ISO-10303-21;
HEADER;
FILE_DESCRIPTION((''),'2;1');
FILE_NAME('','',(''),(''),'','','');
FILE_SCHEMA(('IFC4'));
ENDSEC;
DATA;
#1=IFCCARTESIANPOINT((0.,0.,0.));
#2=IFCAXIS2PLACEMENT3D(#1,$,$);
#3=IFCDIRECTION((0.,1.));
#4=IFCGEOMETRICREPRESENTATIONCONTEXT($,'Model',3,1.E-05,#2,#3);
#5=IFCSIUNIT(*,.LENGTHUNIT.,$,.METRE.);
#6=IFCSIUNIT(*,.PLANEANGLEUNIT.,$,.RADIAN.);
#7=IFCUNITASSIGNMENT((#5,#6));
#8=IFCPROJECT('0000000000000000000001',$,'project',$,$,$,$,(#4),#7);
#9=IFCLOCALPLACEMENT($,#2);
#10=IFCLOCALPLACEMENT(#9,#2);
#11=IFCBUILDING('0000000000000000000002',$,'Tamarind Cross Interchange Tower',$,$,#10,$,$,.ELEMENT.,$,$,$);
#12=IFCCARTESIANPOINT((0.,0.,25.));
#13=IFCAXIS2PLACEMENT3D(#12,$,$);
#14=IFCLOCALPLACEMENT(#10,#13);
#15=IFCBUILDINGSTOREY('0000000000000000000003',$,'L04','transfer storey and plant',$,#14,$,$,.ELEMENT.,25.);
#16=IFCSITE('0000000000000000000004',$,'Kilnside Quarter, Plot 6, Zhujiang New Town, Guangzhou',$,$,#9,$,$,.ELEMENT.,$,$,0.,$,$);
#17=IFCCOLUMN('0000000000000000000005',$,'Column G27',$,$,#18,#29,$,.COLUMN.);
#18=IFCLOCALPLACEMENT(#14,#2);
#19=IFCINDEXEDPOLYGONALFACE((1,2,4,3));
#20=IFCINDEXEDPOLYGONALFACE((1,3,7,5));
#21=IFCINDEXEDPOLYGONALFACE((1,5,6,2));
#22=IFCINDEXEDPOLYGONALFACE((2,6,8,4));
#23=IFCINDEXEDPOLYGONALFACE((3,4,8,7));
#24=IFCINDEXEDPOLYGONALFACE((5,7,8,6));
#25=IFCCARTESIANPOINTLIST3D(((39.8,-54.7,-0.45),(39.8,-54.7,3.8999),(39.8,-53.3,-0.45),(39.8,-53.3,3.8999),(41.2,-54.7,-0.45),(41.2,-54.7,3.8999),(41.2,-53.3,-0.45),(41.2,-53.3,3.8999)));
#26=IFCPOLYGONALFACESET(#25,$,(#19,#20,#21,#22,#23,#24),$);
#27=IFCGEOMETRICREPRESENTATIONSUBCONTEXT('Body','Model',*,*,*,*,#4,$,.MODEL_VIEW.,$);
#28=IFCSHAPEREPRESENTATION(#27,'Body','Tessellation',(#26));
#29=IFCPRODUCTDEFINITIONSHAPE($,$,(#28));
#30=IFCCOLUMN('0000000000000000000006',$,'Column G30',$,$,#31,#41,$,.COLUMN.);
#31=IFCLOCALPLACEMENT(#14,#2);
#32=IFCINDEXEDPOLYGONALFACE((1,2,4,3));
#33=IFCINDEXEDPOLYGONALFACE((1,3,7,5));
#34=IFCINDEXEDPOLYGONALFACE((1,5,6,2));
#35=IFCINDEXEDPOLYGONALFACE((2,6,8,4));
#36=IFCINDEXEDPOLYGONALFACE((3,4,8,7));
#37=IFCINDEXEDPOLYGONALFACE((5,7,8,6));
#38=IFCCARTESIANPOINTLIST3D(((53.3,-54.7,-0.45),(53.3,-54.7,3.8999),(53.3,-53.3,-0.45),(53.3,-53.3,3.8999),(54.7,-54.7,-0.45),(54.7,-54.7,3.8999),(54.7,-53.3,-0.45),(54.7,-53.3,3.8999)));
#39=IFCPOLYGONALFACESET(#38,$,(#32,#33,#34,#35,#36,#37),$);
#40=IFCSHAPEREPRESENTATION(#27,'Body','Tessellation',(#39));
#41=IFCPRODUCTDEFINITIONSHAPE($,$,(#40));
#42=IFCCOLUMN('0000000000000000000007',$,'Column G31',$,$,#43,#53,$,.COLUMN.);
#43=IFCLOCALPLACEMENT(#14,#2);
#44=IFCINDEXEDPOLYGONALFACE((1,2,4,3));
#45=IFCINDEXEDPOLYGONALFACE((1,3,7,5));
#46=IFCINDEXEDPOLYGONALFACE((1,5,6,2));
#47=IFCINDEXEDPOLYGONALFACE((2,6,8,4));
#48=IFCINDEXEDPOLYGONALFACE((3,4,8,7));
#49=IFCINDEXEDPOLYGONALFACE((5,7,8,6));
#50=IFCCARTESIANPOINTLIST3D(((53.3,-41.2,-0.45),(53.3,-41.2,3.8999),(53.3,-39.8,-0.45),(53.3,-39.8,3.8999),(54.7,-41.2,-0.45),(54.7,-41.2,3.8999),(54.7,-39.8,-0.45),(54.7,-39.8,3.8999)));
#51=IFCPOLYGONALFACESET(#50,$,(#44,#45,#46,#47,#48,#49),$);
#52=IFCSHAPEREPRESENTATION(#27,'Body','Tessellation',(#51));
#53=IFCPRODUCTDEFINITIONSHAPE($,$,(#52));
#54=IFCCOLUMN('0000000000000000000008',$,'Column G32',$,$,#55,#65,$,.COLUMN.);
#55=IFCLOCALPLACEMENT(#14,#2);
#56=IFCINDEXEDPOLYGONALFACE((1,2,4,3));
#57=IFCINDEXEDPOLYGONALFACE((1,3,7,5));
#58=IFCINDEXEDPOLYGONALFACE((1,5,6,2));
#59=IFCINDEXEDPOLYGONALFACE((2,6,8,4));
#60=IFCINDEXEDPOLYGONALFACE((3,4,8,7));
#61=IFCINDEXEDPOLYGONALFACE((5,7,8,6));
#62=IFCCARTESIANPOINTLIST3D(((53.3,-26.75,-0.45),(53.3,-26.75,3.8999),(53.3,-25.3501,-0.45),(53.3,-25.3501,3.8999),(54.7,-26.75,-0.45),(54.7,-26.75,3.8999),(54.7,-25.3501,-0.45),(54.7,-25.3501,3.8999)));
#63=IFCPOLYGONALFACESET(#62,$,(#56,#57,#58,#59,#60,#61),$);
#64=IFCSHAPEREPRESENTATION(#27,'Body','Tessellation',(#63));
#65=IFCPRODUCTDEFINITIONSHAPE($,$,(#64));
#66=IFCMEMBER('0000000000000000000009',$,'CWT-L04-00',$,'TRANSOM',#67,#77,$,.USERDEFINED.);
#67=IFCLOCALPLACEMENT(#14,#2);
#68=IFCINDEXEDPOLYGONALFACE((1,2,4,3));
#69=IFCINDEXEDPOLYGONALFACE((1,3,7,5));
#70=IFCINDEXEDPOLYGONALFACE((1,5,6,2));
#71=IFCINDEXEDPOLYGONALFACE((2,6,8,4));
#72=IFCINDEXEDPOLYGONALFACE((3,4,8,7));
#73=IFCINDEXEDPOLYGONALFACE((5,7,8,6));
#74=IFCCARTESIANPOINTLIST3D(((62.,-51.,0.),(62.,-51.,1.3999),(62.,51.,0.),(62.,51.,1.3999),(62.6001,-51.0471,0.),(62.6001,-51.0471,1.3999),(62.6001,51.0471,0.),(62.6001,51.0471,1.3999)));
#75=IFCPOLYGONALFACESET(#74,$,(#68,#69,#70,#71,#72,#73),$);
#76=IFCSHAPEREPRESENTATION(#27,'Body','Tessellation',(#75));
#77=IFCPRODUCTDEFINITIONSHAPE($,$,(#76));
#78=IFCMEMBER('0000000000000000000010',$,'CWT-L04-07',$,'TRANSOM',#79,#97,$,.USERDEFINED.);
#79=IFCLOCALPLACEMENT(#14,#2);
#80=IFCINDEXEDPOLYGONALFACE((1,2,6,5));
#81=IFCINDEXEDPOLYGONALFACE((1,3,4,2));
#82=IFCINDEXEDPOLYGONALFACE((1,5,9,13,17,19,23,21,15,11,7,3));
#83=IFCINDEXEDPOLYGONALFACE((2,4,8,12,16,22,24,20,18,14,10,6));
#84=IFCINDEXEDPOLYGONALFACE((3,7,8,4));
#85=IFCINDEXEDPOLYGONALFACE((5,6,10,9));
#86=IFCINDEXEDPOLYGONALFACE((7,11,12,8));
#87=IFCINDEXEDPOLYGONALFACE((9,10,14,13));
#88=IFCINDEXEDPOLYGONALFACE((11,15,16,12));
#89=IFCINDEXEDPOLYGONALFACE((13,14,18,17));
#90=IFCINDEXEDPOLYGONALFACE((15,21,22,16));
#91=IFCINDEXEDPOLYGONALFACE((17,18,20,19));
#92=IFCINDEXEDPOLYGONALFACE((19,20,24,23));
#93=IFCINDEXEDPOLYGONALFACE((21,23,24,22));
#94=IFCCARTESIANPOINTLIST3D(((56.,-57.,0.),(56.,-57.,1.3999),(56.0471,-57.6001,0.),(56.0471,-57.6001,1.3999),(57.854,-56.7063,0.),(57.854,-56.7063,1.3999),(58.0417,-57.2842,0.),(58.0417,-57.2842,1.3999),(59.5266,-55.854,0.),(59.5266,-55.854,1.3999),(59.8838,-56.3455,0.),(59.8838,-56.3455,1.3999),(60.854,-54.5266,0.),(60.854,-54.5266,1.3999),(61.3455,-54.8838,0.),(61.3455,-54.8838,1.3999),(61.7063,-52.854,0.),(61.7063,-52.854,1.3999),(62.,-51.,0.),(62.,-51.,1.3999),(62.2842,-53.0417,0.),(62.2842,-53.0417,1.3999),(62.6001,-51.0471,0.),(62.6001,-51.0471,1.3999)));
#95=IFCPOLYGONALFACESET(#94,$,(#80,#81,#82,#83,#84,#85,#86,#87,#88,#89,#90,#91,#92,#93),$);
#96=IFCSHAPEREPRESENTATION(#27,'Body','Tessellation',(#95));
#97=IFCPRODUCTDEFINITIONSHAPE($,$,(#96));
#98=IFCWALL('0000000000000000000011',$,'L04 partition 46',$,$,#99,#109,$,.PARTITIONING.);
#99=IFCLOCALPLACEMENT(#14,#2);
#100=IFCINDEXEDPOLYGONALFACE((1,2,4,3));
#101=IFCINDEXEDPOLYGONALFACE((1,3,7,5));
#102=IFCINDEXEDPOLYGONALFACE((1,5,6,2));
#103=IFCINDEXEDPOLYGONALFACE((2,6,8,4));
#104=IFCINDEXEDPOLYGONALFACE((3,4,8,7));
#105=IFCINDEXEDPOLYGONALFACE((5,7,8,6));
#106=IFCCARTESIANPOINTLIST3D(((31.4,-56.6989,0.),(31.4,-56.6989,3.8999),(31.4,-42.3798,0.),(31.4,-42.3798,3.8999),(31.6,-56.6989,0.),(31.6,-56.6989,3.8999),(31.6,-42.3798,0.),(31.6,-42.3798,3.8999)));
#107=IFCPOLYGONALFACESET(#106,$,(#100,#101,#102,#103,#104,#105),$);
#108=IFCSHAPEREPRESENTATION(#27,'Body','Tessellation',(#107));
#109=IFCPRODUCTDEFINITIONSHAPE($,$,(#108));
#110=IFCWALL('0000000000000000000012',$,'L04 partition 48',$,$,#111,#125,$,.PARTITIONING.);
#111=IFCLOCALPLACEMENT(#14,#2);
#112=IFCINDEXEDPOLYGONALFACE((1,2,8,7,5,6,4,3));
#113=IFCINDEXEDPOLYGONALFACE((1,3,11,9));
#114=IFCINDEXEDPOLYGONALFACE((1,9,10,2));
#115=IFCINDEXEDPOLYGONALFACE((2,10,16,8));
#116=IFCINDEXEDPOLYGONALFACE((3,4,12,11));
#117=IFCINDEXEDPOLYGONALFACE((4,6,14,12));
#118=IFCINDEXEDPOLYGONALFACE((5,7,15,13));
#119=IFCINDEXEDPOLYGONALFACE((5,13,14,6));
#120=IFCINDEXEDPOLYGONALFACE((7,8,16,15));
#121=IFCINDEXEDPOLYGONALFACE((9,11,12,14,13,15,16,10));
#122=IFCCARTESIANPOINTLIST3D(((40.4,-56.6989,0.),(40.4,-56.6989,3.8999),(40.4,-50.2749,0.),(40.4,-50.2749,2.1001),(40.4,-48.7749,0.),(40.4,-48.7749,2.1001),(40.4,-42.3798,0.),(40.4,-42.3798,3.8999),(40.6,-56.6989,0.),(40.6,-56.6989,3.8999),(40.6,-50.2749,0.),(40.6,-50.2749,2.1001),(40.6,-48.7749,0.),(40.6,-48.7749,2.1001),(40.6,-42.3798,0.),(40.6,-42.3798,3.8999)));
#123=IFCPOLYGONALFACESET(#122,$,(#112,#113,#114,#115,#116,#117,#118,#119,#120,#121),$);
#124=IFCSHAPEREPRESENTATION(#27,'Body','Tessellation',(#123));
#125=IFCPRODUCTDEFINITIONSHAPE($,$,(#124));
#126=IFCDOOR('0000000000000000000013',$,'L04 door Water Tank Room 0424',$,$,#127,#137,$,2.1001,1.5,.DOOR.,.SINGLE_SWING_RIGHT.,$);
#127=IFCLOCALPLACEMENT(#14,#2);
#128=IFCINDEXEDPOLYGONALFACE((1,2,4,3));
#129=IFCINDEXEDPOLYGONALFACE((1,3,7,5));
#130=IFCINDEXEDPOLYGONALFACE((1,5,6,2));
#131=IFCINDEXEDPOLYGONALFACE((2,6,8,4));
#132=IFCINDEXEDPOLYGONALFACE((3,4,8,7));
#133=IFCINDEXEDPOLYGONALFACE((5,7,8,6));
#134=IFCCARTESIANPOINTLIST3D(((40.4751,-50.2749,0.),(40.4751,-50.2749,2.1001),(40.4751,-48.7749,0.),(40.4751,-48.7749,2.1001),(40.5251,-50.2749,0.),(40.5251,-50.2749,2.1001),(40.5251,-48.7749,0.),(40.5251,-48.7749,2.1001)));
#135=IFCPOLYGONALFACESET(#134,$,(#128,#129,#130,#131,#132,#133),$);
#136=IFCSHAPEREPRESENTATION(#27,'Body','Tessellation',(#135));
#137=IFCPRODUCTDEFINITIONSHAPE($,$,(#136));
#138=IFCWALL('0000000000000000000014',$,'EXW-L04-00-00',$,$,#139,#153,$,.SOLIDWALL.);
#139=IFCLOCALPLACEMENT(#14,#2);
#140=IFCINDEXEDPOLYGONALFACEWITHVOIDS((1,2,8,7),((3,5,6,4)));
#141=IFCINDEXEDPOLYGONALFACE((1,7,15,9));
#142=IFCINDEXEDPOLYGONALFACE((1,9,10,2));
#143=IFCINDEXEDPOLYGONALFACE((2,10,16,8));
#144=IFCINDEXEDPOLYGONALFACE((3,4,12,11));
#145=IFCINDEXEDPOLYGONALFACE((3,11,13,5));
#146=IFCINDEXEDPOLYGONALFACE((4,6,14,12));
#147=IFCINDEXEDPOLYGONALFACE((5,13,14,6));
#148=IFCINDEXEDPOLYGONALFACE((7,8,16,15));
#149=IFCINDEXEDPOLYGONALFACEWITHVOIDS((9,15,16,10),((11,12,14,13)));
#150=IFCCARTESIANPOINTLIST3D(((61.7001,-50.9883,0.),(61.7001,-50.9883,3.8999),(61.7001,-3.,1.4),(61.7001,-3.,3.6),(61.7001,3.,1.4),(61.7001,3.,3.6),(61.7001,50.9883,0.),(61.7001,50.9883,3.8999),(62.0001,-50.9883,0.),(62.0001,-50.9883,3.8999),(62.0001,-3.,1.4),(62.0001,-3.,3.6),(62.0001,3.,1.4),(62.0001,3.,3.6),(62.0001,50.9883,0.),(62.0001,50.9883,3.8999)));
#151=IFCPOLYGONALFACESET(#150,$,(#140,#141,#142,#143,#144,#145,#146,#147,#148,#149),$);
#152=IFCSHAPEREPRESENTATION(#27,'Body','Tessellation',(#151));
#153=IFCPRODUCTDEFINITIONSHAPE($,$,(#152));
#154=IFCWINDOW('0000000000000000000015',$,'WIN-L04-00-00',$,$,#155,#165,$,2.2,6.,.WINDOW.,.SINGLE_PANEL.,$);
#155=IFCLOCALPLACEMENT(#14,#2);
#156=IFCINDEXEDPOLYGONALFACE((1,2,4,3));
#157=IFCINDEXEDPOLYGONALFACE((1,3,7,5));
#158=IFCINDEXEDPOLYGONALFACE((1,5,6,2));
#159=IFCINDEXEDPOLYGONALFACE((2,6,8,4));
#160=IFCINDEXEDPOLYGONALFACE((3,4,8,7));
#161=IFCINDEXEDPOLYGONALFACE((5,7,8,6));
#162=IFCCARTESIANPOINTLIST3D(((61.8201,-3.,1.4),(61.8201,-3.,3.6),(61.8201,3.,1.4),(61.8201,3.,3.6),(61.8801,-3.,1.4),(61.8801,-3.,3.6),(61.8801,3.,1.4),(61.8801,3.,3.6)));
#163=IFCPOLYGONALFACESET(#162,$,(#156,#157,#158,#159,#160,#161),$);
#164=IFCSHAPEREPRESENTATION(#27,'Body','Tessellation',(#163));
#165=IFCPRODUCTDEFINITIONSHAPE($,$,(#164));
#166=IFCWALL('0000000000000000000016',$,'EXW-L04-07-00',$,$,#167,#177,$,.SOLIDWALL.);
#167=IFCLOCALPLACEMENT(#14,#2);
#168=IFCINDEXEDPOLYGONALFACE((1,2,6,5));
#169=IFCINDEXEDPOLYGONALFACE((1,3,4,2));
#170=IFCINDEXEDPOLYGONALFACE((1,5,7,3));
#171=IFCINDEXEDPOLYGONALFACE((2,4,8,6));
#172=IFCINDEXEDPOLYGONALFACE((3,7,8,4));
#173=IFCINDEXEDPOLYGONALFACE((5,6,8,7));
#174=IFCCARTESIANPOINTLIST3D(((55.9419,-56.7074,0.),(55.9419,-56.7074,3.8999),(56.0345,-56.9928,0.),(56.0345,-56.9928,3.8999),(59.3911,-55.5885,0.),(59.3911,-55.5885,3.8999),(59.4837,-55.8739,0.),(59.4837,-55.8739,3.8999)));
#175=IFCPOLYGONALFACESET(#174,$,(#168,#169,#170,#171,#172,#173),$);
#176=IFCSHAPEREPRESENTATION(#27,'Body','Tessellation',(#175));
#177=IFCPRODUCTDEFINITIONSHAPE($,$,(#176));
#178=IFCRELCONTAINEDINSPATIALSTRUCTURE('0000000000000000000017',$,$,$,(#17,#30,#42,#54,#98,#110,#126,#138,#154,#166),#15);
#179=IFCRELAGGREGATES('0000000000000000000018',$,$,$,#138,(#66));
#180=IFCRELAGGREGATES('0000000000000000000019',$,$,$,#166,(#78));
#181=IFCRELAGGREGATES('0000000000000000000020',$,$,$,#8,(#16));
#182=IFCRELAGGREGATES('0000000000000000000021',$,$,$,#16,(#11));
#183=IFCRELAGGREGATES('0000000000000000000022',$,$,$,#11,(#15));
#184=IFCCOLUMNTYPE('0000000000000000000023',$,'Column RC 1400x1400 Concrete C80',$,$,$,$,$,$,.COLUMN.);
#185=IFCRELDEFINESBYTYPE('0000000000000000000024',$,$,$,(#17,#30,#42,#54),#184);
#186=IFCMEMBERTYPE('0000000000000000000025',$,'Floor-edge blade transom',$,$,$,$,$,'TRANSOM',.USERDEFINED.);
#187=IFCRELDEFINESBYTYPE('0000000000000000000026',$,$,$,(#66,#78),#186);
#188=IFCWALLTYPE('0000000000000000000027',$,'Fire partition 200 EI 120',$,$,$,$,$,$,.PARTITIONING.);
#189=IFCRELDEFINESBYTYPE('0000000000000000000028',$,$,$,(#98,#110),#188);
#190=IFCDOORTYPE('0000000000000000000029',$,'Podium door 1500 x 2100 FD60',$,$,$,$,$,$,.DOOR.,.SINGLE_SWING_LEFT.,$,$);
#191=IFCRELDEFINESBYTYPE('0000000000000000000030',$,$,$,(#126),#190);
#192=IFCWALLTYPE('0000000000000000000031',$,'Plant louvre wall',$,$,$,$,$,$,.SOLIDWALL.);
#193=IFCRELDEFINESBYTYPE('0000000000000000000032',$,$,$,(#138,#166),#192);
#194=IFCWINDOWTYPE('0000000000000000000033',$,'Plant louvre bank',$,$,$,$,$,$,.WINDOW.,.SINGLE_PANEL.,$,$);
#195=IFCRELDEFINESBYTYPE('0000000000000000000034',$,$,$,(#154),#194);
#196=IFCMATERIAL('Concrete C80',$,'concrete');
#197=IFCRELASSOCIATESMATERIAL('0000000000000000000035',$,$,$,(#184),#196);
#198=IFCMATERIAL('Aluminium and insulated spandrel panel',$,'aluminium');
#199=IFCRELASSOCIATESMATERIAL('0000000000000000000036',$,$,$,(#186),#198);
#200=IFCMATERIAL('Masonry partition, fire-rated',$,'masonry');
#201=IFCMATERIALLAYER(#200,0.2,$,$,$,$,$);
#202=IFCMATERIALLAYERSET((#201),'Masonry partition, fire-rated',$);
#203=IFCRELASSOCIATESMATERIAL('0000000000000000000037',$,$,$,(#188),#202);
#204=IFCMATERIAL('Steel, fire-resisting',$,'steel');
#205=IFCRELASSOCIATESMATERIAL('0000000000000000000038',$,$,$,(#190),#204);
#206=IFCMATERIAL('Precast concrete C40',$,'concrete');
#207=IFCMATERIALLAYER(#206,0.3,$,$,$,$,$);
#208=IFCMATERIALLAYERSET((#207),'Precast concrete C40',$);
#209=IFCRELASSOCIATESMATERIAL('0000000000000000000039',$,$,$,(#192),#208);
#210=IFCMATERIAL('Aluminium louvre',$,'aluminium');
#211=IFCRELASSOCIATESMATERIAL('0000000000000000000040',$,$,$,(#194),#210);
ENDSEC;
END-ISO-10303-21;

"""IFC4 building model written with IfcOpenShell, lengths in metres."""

from ifc_helpers import new_model, si_unit, direction, frame, frame_2d, origin, origin_2d, place, context, subcontext, project, spatial, polyline, rectangle, outline, extrude, material, layer, layer_set, material_profile, profile_set, type_object, element, fill, aggregate, save


model = new_model("IFC4")

# Units and contexts
model_context = context("Model", 3, precision=1e-05, world=origin(), true_north=direction((0.0, 1.0)))
body_context = subcontext(model_context, "Body", "Model", "MODEL_VIEW")
ifc_project = project(units=[si_unit("LENGTHUNIT", "METRE"), si_unit("PLANEANGLEUNIT", "RADIAN")], contexts=[model_context])

# Site, building, storey
site_placement = place(None, origin())
site = spatial("IfcSite", under=ifc_project, at=site_placement, Name="Kilnside Quarter, Plot 6, Zhujiang New Town, Guangzhou", CompositionType="ELEMENT", RefElevation=0.0)
building_placement = place(site_placement, origin())
building = spatial("IfcBuilding", under=site, at=building_placement, Name="Tamarind Cross Interchange Tower", CompositionType="ELEMENT")
storey_placement = place(building_placement, frame((0.0, 0.0, 25.0)))
storey = spatial("IfcBuildingStorey", under=building, at=storey_placement, Name="L04", Description="transfer storey and plant", CompositionType="ELEMENT", Elevation=25.0)

# Columns
ifc_material_1 = material(Name="Concrete C80", Category="concrete")
ifc_material_profile = material_profile(ifc_material_1, rectangle(XDim=1.3999, YDim=1.3999, at=origin_2d()), Name="RC 1400x1400")
ifc_profile_set = profile_set([ifc_material_profile], Name="Concrete C80")
column_type = type_object("IfcColumnType", Name="Column RC 1400x1400 Concrete C80", PredefinedType="COLUMN", material=ifc_profile_set)
for number, where, z_axis, x_axis, name in (
    (1, (40.5, -54.0, -0.45), (0.0, 0.0, 1.0), (1.0, 0.0, 0.0), "Column G27"),
    (2, (54.0, -54.0, -0.45), (0.0, 0.0, 1.0), (1.0, 0.0, 0.0), "Column G30"),
    (3, (54.0, -40.5, -0.45), (0.0, 0.0, 1.0), (1.0, 0.0, 0.0), "Column G31"),
    (4, (54.0, -26.05, -0.45), (0.0, 0.0, 1.0), (1.0, 0.0, 0.0), "Column G32"),
):
    element("IfcColumn", number, at=place(storey_placement, frame(where, z_axis=z_axis, x_axis=x_axis)), inside=storey, type_object=column_type, Name=name, PredefinedType="COLUMN", context=body_context, shape_type="SweptSolid", body=[
        extrude(rectangle(XDim=1.3999, YDim=1.3999, at=origin_2d()), origin(), (0.0, 0.0, 1.0), 4.3499),
    ])

# Members
ifc_material_2 = material(Name="Aluminium and insulated spandrel panel", Category="aluminium")
member_type = type_object("IfcMemberType", Name="Floor-edge blade transom", ElementType="TRANSOM", PredefinedType="USERDEFINED", material=ifc_material_2)
member_1_placement = place(storey_placement, origin())
member_1 = element("IfcMember", 5, at=member_1_placement, type_object=member_type, Name="CWT-L04-00", ObjectType="TRANSOM", PredefinedType="USERDEFINED", context=body_context, shape_type="SweptSolid", body=[
    extrude(outline(polyline([(62.0, -51.0), (62.0, 51.0), (62.6001, 51.0471), (62.6001, -51.0471), (62.0, -51.0)])), origin(), (0.0, 0.0, 1.0), 1.3999),
])
member_2_placement = place(storey_placement, origin())
member_2 = element("IfcMember", 6, at=member_2_placement, type_object=member_type, Name="CWT-L04-07", ObjectType="TRANSOM", PredefinedType="USERDEFINED", context=body_context, shape_type="SweptSolid", body=[
    extrude(outline(polyline([(56.0, -57.0), (57.854, -56.7063), (59.5266, -55.854), (60.854, -54.5266), (61.7063, -52.854), (62.0, -51.0), (62.6001, -51.0471), (62.2842, -53.0417), (61.3455, -54.8838), (59.8838, -56.3455), (58.0417, -57.2842), (56.0471, -57.6001), (56.0, -57.0)])), origin(), (0.0, 0.0, 1.0), 1.3999),
])

# Wall
ifc_material_3 = material(Name="Masonry partition, fire-rated", Category="masonry")
ifc_layer_1 = layer(ifc_material_3, 0.2)
ifc_layer_set_1 = layer_set([ifc_layer_1], Name="Masonry partition, fire-rated")
wall_type_1 = type_object("IfcWallType", Name="Fire partition 200 EI 120", PredefinedType="PARTITIONING", material=ifc_layer_set_1)
wall_1_placement = place(storey_placement, frame((31.5, -56.699, 0.0), z_axis=(0.0, 0.0, 1.0), x_axis=(0.0, 1.0, 0.0)))
element("IfcWall", 7, at=wall_1_placement, inside=storey, type_object=wall_type_1, Name="L04 partition 46", PredefinedType="PARTITIONING", context=body_context, shape_type="SweptSolid", body=[
    extrude(rectangle(XDim=14.3191, YDim=0.2, at=frame_2d((7.1597, 0.0))), origin(), (0.0, 0.0, 1.0), 3.8999),
])

# Wall, opening, door
wall_2_placement = place(storey_placement, frame((40.5, -56.699, 0.0), z_axis=(0.0, 0.0, 1.0), x_axis=(0.0, 1.0, 0.0)))
wall_2 = element("IfcWall", 8, at=wall_2_placement, inside=storey, type_object=wall_type_1, Name="L04 partition 48", PredefinedType="PARTITIONING", context=body_context, shape_type="SweptSolid", body=[
    extrude(rectangle(XDim=14.3191, YDim=0.2, at=frame_2d((7.1597, 0.0))), origin(), (0.0, 0.0, 1.0), 3.8999),
])
opening_1_placement = place(wall_2_placement, frame((6.4241, 0.0, 0.0)))
opening_1 = element("IfcOpeningElement", 9, at=opening_1_placement, cuts=wall_2, PredefinedType="OPENING", context=body_context, shape_type="SweptSolid", body=[
    extrude(rectangle(XDim=1.5, YDim=2.1001, at=frame_2d((0.75, 1.05))), frame((0.0, 0.1099, 0.0), z_axis=(0.0, -1.0, 0.0), x_axis=(1.0, 0.0, 0.0)), (0.0, 0.0, 1.0), 0.22),
])
ifc_material_4 = material(Name="Steel, fire-resisting", Category="steel")
door_type_1 = type_object("IfcDoorType", Name="Podium door 1500 x 2100 FD60", OperationType="SINGLE_SWING_LEFT", PredefinedType="DOOR", material=ifc_material_4)
door_1_placement = place(opening_1_placement, origin())
door_1 = element("IfcDoor", 10, at=door_1_placement, inside=storey, type_object=door_type_1, Name="L04 door Water Tank Room 0424", OperationType="SINGLE_SWING_RIGHT", OverallHeight=2.1001, OverallWidth=1.5, PredefinedType="DOOR", context=body_context, shape_type="SweptSolid", body=[
    extrude(rectangle(XDim=1.5, YDim=2.1001, at=frame_2d((0.75, 1.05))), frame((0.0, 0.0249, 0.0), z_axis=(0.0, -1.0, 0.0), x_axis=(1.0, 0.0, 0.0)), (0.0, 0.0, 1.0), 0.05),
])
fill(opening_1, door_1)

# Wall, opening, window
ifc_material_5 = material(Name="Precast concrete C40", Category="concrete")
ifc_layer_2 = layer(ifc_material_5, 0.3)
ifc_layer_set_2 = layer_set([ifc_layer_2], Name="Precast concrete C40")
wall_type_2 = type_object("IfcWallType", Name="Plant louvre wall", PredefinedType="SOLIDWALL", material=ifc_layer_set_2)
wall_3_placement = place(storey_placement, frame((61.8501, -50.9883, 0.0), z_axis=(0.0, 0.0, 1.0), x_axis=(0.0, 1.0, 0.0)))
wall_3 = element("IfcWall", 11, at=wall_3_placement, inside=storey, type_object=wall_type_2, Name="EXW-L04-00-00", PredefinedType="SOLIDWALL", context=body_context, shape_type="SweptSolid", body=[
    extrude(rectangle(XDim=101.9766, YDim=0.3, at=frame_2d((50.9883, 0.0))), origin(), (0.0, 0.0, 1.0), 3.8999),
])
opening_2_placement = place(wall_3_placement, frame((47.9883, 0.0, 1.3999)))
opening_2 = element("IfcOpeningElement", 12, at=opening_2_placement, cuts=wall_3, PredefinedType="OPENING", context=body_context, shape_type="SweptSolid", body=[
    extrude(rectangle(XDim=6.0, YDim=2.2, at=frame_2d((3.0, 1.1001))), frame((0.0, 0.1599, 0.0), z_axis=(0.0, -1.0, 0.0), x_axis=(1.0, 0.0, 0.0)), (0.0, 0.0, 1.0), 0.3201),
])
ifc_material_6 = material(Name="Aluminium louvre", Category="aluminium")
window_type_1 = type_object("IfcWindowType", Name="Plant louvre bank", PartitioningType="SINGLE_PANEL", PredefinedType="WINDOW", material=ifc_material_6)
window_1_placement = place(opening_2_placement, origin())
window_1 = element("IfcWindow", 13, at=window_1_placement, inside=storey, type_object=window_type_1, Name="WIN-L04-00-00", OverallHeight=2.2, OverallWidth=6.0, PartitioningType="SINGLE_PANEL", PredefinedType="WINDOW", context=body_context, shape_type="SweptSolid", body=[
    extrude(rectangle(XDim=6.0, YDim=2.2, at=frame_2d((3.0, 1.1001))), frame((0.0, 0.03, 0.0), z_axis=(0.0, -1.0, 0.0), x_axis=(1.0, 0.0, 0.0)), (0.0, 0.0, 1.0), 0.0601),
])
fill(opening_2, window_1)
aggregate(wall_3, [member_1])

# Wall
wall_4_placement = place(storey_placement, frame((55.9883, -56.8501, 0.0), z_axis=(0.0, 0.0, 1.0), x_axis=(0.951204, 0.308562, 0.0)))
wall_4 = element("IfcWall", 14, at=wall_4_placement, inside=storey, type_object=wall_type_2, Name="EXW-L04-07-00", PredefinedType="SOLIDWALL", context=body_context, shape_type="SweptSolid", body=[
    extrude(rectangle(XDim=3.6262, YDim=0.3, at=frame_2d((1.813, 0.0))), origin(), (0.0, 0.0, 1.0), 3.8999),
])
aggregate(wall_4, [member_2])

save(model, "model.ifc")
